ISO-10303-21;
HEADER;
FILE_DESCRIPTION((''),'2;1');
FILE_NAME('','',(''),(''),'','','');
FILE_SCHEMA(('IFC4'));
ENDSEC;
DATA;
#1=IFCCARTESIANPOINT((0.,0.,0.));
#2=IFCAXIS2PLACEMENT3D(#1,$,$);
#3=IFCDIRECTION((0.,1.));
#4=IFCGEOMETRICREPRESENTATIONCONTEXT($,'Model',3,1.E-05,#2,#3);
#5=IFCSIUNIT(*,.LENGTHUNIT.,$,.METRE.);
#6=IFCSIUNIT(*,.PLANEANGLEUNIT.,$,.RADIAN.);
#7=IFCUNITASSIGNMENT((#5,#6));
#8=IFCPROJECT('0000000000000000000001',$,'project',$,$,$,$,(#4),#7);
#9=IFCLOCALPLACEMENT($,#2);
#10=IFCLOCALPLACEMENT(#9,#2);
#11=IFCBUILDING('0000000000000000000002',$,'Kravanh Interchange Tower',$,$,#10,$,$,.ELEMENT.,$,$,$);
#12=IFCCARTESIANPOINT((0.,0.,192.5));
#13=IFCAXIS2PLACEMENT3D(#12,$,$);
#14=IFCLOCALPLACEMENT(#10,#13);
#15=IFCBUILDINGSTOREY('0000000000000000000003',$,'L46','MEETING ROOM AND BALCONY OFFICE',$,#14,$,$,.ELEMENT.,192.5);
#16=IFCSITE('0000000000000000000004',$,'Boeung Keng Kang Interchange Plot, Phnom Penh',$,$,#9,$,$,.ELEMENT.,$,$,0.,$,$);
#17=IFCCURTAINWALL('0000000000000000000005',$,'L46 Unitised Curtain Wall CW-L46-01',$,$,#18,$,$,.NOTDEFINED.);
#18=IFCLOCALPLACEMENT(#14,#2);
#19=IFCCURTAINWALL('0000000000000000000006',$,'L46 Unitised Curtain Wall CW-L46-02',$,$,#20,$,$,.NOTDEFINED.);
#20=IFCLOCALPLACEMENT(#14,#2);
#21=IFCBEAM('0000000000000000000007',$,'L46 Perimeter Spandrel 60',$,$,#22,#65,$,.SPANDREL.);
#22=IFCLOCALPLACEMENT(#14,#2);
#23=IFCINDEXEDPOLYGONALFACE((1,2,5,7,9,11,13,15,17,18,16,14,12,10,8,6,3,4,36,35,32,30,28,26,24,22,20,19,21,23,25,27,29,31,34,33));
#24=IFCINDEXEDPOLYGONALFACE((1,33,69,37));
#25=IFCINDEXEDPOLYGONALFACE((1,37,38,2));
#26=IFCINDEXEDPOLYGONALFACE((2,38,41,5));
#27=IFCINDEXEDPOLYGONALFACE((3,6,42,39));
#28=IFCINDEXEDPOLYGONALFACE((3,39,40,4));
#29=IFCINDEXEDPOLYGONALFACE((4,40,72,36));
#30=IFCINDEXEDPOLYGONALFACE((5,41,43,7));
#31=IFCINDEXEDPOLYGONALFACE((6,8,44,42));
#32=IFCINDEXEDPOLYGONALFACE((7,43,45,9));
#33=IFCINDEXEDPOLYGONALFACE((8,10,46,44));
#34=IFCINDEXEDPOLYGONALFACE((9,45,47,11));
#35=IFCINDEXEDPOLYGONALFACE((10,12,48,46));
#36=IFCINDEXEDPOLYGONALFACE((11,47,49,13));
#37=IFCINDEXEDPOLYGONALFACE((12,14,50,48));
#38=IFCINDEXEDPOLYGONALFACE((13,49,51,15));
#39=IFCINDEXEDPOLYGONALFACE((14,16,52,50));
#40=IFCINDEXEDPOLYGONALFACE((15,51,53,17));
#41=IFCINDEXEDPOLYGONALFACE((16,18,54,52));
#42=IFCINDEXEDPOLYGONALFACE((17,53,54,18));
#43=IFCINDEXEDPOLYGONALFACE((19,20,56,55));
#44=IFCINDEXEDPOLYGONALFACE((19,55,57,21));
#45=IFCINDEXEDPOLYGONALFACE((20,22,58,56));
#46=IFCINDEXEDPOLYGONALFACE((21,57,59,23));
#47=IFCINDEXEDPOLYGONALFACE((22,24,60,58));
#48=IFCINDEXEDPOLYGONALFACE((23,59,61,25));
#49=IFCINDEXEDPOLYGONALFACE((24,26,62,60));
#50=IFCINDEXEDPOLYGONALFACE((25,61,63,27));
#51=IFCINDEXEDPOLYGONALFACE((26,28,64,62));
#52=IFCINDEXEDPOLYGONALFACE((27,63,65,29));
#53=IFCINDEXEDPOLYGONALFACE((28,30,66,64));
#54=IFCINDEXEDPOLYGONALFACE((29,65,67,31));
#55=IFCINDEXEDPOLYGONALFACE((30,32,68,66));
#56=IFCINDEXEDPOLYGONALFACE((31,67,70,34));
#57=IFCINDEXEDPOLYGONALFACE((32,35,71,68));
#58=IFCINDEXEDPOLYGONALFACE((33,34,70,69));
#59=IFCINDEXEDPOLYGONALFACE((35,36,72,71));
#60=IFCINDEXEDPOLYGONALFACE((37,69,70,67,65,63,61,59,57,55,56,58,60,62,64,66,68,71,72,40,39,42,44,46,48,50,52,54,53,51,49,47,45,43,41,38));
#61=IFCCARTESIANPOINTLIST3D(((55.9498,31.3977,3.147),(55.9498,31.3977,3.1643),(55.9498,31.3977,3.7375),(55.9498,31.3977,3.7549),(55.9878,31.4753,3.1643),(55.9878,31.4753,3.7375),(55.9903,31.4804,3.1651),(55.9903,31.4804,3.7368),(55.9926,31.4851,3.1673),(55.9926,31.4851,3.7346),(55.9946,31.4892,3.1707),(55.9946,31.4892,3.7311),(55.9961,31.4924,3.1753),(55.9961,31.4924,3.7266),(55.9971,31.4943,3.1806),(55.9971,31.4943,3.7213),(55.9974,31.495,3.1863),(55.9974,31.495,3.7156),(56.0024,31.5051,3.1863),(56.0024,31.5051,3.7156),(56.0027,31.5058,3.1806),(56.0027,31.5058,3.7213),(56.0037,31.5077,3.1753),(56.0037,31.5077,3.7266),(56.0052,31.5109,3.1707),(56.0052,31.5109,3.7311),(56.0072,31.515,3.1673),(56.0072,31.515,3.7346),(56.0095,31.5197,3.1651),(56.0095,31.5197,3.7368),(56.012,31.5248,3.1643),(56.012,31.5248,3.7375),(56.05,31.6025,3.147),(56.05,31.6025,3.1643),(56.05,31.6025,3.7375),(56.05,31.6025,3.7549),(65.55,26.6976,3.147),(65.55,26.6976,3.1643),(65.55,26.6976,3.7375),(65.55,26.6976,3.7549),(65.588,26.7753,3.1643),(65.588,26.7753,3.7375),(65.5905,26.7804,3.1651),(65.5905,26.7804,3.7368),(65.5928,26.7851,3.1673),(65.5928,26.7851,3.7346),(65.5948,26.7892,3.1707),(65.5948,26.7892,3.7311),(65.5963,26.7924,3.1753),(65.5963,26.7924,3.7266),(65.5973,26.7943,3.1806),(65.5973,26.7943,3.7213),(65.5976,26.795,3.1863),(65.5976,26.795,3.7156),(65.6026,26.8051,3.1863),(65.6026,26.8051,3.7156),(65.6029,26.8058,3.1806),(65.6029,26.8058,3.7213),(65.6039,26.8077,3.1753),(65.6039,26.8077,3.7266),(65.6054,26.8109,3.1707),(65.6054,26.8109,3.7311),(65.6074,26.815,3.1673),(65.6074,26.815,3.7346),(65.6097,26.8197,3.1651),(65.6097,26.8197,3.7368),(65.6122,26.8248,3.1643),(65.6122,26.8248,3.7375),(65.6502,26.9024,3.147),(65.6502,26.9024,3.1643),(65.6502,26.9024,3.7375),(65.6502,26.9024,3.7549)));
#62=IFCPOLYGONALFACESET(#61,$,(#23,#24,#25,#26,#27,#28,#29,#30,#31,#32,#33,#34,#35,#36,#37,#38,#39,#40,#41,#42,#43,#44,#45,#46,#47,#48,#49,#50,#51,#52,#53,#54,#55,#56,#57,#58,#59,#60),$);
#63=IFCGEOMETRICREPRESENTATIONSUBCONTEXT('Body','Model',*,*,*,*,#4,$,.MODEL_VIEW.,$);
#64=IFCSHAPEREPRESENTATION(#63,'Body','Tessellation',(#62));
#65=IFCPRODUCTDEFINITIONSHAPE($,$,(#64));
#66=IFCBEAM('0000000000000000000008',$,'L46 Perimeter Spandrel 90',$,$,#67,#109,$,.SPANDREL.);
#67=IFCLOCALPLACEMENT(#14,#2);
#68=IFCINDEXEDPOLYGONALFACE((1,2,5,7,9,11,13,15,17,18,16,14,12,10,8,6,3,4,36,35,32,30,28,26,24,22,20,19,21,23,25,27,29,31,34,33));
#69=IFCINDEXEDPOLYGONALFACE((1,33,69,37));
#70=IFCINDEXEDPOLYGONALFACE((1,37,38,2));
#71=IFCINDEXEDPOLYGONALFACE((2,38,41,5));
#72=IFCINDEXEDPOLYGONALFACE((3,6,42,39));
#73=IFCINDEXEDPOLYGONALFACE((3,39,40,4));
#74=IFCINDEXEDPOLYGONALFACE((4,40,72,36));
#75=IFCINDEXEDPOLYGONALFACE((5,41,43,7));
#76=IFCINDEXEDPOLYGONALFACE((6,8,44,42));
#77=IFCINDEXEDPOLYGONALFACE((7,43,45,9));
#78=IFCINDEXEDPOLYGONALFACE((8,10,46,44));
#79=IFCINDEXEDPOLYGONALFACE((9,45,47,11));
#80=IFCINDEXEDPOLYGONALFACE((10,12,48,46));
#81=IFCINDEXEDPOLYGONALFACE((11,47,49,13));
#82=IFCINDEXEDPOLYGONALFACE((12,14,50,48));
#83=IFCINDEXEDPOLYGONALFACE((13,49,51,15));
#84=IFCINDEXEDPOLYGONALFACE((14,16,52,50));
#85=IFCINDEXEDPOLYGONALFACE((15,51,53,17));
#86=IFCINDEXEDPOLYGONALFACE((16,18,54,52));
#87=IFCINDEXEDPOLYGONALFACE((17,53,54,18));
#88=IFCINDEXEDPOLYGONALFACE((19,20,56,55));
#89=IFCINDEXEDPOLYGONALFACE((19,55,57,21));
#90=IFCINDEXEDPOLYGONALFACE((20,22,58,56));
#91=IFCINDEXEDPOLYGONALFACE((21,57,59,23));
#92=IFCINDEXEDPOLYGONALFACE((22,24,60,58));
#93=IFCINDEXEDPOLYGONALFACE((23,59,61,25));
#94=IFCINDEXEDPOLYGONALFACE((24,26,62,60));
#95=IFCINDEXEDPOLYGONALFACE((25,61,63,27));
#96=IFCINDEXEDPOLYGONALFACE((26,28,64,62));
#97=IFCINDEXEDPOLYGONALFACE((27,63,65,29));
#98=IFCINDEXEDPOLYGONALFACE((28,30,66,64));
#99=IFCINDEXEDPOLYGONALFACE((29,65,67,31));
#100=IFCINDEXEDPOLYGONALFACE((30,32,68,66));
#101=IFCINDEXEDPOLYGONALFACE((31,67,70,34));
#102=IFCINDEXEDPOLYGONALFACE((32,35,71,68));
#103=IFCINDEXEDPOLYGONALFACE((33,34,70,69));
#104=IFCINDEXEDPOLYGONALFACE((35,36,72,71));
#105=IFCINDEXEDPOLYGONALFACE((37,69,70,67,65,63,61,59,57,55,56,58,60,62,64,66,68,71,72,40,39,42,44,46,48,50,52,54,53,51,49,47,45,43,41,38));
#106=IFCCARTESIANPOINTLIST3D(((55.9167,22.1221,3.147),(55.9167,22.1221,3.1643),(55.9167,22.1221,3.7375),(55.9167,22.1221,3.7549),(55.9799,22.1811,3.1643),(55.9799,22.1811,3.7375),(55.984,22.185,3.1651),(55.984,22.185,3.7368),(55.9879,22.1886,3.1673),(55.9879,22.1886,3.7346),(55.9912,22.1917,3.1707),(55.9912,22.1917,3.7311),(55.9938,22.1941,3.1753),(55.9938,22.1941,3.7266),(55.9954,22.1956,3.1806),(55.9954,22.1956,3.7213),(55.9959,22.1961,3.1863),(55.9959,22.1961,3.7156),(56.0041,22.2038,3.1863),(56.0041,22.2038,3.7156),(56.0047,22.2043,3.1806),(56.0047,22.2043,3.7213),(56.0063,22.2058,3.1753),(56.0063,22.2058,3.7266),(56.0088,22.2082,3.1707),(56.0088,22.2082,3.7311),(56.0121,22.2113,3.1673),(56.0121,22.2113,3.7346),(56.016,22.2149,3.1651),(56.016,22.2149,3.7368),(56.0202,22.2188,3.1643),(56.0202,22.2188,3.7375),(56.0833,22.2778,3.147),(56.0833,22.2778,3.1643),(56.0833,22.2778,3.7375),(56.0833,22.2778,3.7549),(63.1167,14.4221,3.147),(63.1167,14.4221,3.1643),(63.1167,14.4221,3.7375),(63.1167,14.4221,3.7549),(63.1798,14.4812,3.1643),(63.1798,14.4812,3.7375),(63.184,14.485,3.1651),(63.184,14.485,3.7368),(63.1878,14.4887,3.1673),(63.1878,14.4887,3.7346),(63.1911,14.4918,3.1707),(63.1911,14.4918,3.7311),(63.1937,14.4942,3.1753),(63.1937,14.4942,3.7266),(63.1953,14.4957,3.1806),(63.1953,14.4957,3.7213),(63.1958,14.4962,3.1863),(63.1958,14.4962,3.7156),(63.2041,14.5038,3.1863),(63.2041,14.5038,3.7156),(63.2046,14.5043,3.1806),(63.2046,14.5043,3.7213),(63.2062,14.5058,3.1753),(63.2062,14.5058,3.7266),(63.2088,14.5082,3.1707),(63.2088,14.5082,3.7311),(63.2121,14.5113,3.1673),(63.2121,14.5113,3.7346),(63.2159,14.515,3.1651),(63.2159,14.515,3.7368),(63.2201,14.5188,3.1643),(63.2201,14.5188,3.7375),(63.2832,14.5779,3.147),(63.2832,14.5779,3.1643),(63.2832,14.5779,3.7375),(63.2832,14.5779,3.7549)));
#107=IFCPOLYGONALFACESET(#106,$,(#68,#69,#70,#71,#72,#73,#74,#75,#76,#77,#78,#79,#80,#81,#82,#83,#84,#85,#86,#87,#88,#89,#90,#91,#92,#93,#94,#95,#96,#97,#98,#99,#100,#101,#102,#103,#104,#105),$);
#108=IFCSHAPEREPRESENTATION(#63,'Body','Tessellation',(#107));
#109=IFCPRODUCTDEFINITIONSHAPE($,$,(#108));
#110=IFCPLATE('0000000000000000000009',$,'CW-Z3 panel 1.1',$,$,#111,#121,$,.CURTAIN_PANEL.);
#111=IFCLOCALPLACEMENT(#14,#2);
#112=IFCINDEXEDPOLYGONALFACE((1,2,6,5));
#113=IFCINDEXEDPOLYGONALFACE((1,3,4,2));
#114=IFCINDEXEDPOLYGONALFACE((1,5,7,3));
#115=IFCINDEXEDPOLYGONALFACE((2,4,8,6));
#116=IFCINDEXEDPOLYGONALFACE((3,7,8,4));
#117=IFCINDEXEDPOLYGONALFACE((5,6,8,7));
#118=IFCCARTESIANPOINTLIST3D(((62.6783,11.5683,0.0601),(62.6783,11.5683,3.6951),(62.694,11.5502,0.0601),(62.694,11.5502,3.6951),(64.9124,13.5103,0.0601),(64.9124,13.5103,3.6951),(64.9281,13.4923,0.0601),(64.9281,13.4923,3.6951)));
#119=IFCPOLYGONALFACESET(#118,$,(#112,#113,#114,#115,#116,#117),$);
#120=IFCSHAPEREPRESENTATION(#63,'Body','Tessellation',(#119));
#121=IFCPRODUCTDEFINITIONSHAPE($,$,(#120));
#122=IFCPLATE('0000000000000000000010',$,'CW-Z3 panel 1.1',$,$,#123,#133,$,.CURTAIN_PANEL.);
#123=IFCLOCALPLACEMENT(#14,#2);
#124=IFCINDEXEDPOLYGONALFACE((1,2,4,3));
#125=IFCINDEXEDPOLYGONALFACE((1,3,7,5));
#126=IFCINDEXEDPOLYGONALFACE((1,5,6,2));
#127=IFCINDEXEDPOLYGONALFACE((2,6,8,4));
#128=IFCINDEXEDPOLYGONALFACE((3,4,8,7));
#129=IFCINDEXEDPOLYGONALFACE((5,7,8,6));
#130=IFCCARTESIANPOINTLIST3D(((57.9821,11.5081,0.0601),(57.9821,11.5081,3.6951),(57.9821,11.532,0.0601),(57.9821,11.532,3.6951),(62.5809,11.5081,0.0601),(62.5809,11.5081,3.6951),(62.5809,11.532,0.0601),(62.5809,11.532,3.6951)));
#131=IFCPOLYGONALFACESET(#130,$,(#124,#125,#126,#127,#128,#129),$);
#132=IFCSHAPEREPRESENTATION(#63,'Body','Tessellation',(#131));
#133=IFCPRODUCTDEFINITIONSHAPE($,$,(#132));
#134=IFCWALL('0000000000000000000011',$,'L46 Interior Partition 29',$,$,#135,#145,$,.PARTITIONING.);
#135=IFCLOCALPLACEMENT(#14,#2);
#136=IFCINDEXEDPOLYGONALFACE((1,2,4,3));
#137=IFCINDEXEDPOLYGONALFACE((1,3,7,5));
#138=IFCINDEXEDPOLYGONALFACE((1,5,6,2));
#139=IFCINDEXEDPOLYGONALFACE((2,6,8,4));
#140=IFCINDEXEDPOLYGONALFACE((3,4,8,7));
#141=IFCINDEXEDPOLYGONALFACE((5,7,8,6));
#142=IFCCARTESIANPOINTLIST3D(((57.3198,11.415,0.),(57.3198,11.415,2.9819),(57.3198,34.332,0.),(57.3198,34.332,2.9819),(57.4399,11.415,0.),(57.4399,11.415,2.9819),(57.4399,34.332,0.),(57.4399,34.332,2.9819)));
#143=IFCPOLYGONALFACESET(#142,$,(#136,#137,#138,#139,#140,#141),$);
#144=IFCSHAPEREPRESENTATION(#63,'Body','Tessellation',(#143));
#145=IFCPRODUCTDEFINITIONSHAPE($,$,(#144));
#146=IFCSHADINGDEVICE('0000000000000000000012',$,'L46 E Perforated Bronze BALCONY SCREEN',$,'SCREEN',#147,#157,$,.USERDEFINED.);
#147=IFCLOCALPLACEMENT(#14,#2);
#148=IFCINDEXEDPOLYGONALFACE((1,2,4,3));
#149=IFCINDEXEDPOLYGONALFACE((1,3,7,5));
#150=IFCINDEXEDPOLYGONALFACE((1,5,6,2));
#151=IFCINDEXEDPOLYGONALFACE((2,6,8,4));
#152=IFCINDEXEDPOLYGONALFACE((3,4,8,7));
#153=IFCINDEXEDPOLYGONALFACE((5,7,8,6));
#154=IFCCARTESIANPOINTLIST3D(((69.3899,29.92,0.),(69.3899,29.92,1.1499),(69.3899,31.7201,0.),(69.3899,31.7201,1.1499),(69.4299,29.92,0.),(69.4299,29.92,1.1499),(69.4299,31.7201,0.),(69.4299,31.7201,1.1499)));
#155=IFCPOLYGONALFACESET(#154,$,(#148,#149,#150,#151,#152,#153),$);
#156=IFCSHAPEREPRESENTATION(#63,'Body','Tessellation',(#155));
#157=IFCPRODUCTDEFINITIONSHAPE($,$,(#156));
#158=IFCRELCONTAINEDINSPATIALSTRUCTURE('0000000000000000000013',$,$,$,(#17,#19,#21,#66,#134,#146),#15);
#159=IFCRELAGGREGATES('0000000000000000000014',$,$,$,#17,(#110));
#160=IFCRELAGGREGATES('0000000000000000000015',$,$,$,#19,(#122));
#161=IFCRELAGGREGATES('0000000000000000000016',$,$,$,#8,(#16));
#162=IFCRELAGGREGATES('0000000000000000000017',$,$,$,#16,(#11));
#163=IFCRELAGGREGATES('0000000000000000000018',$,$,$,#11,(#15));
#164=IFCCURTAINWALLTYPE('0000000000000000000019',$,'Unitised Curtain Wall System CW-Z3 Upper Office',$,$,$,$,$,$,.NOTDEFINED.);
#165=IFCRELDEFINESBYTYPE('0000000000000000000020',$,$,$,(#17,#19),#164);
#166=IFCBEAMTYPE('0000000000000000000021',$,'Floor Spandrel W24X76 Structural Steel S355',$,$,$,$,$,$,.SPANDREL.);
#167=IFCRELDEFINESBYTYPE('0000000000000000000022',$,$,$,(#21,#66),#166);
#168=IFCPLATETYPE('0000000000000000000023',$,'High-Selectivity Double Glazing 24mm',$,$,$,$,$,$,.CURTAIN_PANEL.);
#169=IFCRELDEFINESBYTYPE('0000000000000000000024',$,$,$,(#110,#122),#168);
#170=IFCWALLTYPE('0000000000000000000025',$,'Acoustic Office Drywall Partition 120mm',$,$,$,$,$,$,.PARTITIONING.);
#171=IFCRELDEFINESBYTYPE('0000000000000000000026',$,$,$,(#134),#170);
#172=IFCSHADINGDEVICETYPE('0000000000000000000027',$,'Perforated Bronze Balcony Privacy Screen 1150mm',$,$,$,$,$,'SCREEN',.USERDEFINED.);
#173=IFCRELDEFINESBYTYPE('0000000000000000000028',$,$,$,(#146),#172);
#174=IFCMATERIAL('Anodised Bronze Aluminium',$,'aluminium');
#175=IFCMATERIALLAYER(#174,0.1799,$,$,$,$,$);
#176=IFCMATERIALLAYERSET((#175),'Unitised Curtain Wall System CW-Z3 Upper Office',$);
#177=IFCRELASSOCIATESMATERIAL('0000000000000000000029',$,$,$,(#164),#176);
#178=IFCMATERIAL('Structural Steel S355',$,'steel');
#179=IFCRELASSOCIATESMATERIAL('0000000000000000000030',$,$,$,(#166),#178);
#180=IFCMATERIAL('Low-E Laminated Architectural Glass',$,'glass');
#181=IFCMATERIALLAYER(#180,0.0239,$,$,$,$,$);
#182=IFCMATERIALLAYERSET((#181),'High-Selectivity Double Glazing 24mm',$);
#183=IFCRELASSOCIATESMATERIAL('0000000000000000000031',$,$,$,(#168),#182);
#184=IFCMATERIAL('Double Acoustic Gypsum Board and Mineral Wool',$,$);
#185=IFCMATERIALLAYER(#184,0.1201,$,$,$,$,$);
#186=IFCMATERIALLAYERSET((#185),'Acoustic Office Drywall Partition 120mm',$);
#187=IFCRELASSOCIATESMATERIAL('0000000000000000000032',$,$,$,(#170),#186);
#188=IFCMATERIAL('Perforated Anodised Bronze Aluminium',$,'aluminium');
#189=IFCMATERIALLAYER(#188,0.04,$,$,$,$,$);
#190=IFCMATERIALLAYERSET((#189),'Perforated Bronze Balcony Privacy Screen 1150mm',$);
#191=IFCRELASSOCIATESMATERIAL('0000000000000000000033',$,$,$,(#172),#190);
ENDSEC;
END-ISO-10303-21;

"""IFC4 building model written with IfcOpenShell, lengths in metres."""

from ifc_helpers import new_model, si_unit, direction, frame, frame_2d, origin, origin_2d, place, context, subcontext, project, spatial, rectangle, i_section, extrude, material, layer, layer_set, material_profile, profile_set, type_object, element, aggregate, save


model = new_model("IFC4")

# Units and contexts
model_context = context("Model", 3, precision=1e-05, world=origin(), true_north=direction((0.0, 1.0)))
body_context = subcontext(model_context, "Body", "Model", "MODEL_VIEW")
ifc_project = project(units=[si_unit("LENGTHUNIT", "METRE"), si_unit("PLANEANGLEUNIT", "RADIAN")], contexts=[model_context])

# Site, building, storey
site_placement = place(None, origin())
site = spatial("IfcSite", under=ifc_project, at=site_placement, Name="Boeung Keng Kang Interchange Plot, Phnom Penh", CompositionType="ELEMENT", RefElevation=0.0)
building_placement = place(site_placement, origin())
building = spatial("IfcBuilding", under=site, at=building_placement, Name="Kravanh Interchange Tower", CompositionType="ELEMENT")
storey_placement = place(building_placement, frame((0.0, 0.0, 192.5)))
storey = spatial("IfcBuildingStorey", under=building, at=storey_placement, Name="L46", Description="MEETING ROOM AND BALCONY OFFICE", CompositionType="ELEMENT", Elevation=192.5)

# Curtain walls
ifc_material_1 = material(Name="Anodised Bronze Aluminium", Category="aluminium")
ifc_layer_1 = layer(ifc_material_1, 0.1799)
ifc_layer_set_1 = layer_set([ifc_layer_1], Name="Unitised Curtain Wall System CW-Z3 Upper Office")
curtain_wall_type = type_object("IfcCurtainWallType", Name="Unitised Curtain Wall System CW-Z3 Upper Office", PredefinedType="NOTDEFINED", material=ifc_layer_set_1)
curtain_wall_1_placement = place(storey_placement, origin())
curtain_wall_1 = element("IfcCurtainWall", 1, at=curtain_wall_1_placement, inside=storey, type_object=curtain_wall_type, Name="L46 Unitised Curtain Wall CW-L46-01", PredefinedType="NOTDEFINED")
curtain_wall_2_placement = place(storey_placement, origin())
curtain_wall_2 = element("IfcCurtainWall", 2, at=curtain_wall_2_placement, inside=storey, type_object=curtain_wall_type, Name="L46 Unitised Curtain Wall CW-L46-02", PredefinedType="NOTDEFINED")

# Beams
ifc_material_2 = material(Name="Structural Steel S355", Category="steel")
ifc_material_profile_1 = material_profile(ifc_material_2, i_section(OverallWidth=0.228, OverallDepth=0.6079, WebThickness=0.0112, FlangeThickness=0.0173, FilletRadius=0.022, at=origin_2d()), Name="W24X76")
ifc_profile_set_1 = profile_set([ifc_material_profile_1], Name="Structural Steel S355")
beam_type_1 = type_object("IfcBeamType", Name="Floor Spandrel W24X76 Structural Steel S355", PredefinedType="SPANDREL", material=ifc_profile_set_1)
beam_1_placement = place(storey_placement, frame((65.6001, 26.8, 3.4509), z_axis=(-0.898142, 0.439706, 0.0), x_axis=(-0.439706, -0.898142, 0.0)))
element("IfcBeam", 3, at=beam_1_placement, inside=storey, type_object=beam_type_1, Name="L46 Perimeter Spandrel 60", PredefinedType="SPANDREL", context=body_context, shape_type="SweptSolid", body=[
    extrude(i_section(OverallWidth=0.228, OverallDepth=0.6079, WebThickness=0.0112, FlangeThickness=0.0173, FilletRadius=0.022, at=origin_2d()), origin(), (0.0, 0.0, 1.0), 10.689),
])
beam_2_placement = place(storey_placement, frame((63.2, 14.5, 3.4509), z_axis=(-0.682994, 0.730424, 0.0), x_axis=(-0.730424, -0.682994, 0.0)))
element("IfcBeam", 4, at=beam_2_placement, inside=storey, type_object=beam_type_1, Name="L46 Perimeter Spandrel 90", PredefinedType="SPANDREL", context=body_context, shape_type="SweptSolid", body=[
    extrude(i_section(OverallWidth=0.228, OverallDepth=0.6079, WebThickness=0.0112, FlangeThickness=0.0173, FilletRadius=0.022, at=origin_2d()), origin(), (0.0, 0.0, 1.0), 10.5417),
])

# Plates
ifc_material_3 = material(Name="Low-E Laminated Architectural Glass", Category="glass")
ifc_layer_2 = layer(ifc_material_3, 0.0239)
ifc_layer_set_2 = layer_set([ifc_layer_2], Name="High-Selectivity Double Glazing 24mm")
plate_type = type_object("IfcPlateType", Name="High-Selectivity Double Glazing 24mm", PredefinedType="CURTAIN_PANEL", material=ifc_layer_set_2)
plate_1_placement = place(storey_placement, frame((63.8032, 12.5303, 0.0601), z_axis=(0.0, 0.0, 1.0), x_axis=(-0.754717, -0.656051, 0.0)))
plate_1 = element("IfcPlate", 5, at=plate_1_placement, type_object=plate_type, Name="CW-Z3 panel 1.1", PredefinedType="CURTAIN_PANEL", context=body_context, shape_type="SweptSolid", body=[
    extrude(rectangle(XDim=2.9602, YDim=0.0239, at=origin_2d()), origin(), (0.0, 0.0, 1.0), 3.635),
])
aggregate(curtain_wall_1, [plate_1])
plate_2_placement = place(storey_placement, frame((60.2815, 11.52, 0.0601), z_axis=(0.0, 0.0, 1.0), x_axis=(-1.0, 0.0, 0.0)))
plate_2 = element("IfcPlate", 6, at=plate_2_placement, type_object=plate_type, Name="CW-Z3 panel 1.1", PredefinedType="CURTAIN_PANEL", context=body_context, shape_type="SweptSolid", body=[
    extrude(rectangle(XDim=4.5989, YDim=0.0239, at=origin_2d()), origin(), (0.0, 0.0, 1.0), 3.635),
])
aggregate(curtain_wall_2, [plate_2])

# Wall
ifc_material_4 = material(Name="Double Acoustic Gypsum Board and Mineral Wool")
ifc_layer_3 = layer(ifc_material_4, 0.1201)
ifc_layer_set_3 = layer_set([ifc_layer_3], Name="Acoustic Office Drywall Partition 120mm")
wall_type = type_object("IfcWallType", Name="Acoustic Office Drywall Partition 120mm", PredefinedType="PARTITIONING", material=ifc_layer_set_3)
wall_placement = place(storey_placement, frame((57.3799, 11.415, 0.0), z_axis=(0.0, 0.0, 1.0), x_axis=(0.0, 1.0, 0.0)))
element("IfcWall", 7, at=wall_placement, inside=storey, type_object=wall_type, Name="L46 Interior Partition 29", PredefinedType="PARTITIONING", context=body_context, shape_type="SweptSolid", body=[
    extrude(rectangle(XDim=22.917, YDim=0.1201, at=frame_2d((11.4585, 0.0))), origin(), (0.0, 0.0, 1.0), 2.9819),
])

# Shading device
ifc_material_5 = material(Name="Perforated Anodised Bronze Aluminium", Category="aluminium")
ifc_layer_4 = layer(ifc_material_5, 0.04)
ifc_layer_set_4 = layer_set([ifc_layer_4], Name="Perforated Bronze Balcony Privacy Screen 1150mm")
shading_device_type = type_object("IfcShadingDeviceType", Name="Perforated Bronze Balcony Privacy Screen 1150mm", ElementType="SCREEN", PredefinedType="USERDEFINED", material=ifc_layer_set_4)
shading_device_placement = place(storey_placement, frame((69.4099, 30.8201, 0.0), z_axis=(0.0, 0.0, 1.0), x_axis=(1.0, 0.0, 0.0)))
element("IfcShadingDevice", 8, at=shading_device_placement, inside=storey, type_object=shading_device_type, Name="L46 E Perforated Bronze BALCONY SCREEN", ObjectType="SCREEN", PredefinedType="USERDEFINED", context=body_context, shape_type="SweptSolid", body=[
    extrude(rectangle(XDim=0.04, YDim=1.8, at=origin_2d()), origin(), (0.0, 0.0, 1.0), 1.1499),
])

save(model, "model.ifc")
